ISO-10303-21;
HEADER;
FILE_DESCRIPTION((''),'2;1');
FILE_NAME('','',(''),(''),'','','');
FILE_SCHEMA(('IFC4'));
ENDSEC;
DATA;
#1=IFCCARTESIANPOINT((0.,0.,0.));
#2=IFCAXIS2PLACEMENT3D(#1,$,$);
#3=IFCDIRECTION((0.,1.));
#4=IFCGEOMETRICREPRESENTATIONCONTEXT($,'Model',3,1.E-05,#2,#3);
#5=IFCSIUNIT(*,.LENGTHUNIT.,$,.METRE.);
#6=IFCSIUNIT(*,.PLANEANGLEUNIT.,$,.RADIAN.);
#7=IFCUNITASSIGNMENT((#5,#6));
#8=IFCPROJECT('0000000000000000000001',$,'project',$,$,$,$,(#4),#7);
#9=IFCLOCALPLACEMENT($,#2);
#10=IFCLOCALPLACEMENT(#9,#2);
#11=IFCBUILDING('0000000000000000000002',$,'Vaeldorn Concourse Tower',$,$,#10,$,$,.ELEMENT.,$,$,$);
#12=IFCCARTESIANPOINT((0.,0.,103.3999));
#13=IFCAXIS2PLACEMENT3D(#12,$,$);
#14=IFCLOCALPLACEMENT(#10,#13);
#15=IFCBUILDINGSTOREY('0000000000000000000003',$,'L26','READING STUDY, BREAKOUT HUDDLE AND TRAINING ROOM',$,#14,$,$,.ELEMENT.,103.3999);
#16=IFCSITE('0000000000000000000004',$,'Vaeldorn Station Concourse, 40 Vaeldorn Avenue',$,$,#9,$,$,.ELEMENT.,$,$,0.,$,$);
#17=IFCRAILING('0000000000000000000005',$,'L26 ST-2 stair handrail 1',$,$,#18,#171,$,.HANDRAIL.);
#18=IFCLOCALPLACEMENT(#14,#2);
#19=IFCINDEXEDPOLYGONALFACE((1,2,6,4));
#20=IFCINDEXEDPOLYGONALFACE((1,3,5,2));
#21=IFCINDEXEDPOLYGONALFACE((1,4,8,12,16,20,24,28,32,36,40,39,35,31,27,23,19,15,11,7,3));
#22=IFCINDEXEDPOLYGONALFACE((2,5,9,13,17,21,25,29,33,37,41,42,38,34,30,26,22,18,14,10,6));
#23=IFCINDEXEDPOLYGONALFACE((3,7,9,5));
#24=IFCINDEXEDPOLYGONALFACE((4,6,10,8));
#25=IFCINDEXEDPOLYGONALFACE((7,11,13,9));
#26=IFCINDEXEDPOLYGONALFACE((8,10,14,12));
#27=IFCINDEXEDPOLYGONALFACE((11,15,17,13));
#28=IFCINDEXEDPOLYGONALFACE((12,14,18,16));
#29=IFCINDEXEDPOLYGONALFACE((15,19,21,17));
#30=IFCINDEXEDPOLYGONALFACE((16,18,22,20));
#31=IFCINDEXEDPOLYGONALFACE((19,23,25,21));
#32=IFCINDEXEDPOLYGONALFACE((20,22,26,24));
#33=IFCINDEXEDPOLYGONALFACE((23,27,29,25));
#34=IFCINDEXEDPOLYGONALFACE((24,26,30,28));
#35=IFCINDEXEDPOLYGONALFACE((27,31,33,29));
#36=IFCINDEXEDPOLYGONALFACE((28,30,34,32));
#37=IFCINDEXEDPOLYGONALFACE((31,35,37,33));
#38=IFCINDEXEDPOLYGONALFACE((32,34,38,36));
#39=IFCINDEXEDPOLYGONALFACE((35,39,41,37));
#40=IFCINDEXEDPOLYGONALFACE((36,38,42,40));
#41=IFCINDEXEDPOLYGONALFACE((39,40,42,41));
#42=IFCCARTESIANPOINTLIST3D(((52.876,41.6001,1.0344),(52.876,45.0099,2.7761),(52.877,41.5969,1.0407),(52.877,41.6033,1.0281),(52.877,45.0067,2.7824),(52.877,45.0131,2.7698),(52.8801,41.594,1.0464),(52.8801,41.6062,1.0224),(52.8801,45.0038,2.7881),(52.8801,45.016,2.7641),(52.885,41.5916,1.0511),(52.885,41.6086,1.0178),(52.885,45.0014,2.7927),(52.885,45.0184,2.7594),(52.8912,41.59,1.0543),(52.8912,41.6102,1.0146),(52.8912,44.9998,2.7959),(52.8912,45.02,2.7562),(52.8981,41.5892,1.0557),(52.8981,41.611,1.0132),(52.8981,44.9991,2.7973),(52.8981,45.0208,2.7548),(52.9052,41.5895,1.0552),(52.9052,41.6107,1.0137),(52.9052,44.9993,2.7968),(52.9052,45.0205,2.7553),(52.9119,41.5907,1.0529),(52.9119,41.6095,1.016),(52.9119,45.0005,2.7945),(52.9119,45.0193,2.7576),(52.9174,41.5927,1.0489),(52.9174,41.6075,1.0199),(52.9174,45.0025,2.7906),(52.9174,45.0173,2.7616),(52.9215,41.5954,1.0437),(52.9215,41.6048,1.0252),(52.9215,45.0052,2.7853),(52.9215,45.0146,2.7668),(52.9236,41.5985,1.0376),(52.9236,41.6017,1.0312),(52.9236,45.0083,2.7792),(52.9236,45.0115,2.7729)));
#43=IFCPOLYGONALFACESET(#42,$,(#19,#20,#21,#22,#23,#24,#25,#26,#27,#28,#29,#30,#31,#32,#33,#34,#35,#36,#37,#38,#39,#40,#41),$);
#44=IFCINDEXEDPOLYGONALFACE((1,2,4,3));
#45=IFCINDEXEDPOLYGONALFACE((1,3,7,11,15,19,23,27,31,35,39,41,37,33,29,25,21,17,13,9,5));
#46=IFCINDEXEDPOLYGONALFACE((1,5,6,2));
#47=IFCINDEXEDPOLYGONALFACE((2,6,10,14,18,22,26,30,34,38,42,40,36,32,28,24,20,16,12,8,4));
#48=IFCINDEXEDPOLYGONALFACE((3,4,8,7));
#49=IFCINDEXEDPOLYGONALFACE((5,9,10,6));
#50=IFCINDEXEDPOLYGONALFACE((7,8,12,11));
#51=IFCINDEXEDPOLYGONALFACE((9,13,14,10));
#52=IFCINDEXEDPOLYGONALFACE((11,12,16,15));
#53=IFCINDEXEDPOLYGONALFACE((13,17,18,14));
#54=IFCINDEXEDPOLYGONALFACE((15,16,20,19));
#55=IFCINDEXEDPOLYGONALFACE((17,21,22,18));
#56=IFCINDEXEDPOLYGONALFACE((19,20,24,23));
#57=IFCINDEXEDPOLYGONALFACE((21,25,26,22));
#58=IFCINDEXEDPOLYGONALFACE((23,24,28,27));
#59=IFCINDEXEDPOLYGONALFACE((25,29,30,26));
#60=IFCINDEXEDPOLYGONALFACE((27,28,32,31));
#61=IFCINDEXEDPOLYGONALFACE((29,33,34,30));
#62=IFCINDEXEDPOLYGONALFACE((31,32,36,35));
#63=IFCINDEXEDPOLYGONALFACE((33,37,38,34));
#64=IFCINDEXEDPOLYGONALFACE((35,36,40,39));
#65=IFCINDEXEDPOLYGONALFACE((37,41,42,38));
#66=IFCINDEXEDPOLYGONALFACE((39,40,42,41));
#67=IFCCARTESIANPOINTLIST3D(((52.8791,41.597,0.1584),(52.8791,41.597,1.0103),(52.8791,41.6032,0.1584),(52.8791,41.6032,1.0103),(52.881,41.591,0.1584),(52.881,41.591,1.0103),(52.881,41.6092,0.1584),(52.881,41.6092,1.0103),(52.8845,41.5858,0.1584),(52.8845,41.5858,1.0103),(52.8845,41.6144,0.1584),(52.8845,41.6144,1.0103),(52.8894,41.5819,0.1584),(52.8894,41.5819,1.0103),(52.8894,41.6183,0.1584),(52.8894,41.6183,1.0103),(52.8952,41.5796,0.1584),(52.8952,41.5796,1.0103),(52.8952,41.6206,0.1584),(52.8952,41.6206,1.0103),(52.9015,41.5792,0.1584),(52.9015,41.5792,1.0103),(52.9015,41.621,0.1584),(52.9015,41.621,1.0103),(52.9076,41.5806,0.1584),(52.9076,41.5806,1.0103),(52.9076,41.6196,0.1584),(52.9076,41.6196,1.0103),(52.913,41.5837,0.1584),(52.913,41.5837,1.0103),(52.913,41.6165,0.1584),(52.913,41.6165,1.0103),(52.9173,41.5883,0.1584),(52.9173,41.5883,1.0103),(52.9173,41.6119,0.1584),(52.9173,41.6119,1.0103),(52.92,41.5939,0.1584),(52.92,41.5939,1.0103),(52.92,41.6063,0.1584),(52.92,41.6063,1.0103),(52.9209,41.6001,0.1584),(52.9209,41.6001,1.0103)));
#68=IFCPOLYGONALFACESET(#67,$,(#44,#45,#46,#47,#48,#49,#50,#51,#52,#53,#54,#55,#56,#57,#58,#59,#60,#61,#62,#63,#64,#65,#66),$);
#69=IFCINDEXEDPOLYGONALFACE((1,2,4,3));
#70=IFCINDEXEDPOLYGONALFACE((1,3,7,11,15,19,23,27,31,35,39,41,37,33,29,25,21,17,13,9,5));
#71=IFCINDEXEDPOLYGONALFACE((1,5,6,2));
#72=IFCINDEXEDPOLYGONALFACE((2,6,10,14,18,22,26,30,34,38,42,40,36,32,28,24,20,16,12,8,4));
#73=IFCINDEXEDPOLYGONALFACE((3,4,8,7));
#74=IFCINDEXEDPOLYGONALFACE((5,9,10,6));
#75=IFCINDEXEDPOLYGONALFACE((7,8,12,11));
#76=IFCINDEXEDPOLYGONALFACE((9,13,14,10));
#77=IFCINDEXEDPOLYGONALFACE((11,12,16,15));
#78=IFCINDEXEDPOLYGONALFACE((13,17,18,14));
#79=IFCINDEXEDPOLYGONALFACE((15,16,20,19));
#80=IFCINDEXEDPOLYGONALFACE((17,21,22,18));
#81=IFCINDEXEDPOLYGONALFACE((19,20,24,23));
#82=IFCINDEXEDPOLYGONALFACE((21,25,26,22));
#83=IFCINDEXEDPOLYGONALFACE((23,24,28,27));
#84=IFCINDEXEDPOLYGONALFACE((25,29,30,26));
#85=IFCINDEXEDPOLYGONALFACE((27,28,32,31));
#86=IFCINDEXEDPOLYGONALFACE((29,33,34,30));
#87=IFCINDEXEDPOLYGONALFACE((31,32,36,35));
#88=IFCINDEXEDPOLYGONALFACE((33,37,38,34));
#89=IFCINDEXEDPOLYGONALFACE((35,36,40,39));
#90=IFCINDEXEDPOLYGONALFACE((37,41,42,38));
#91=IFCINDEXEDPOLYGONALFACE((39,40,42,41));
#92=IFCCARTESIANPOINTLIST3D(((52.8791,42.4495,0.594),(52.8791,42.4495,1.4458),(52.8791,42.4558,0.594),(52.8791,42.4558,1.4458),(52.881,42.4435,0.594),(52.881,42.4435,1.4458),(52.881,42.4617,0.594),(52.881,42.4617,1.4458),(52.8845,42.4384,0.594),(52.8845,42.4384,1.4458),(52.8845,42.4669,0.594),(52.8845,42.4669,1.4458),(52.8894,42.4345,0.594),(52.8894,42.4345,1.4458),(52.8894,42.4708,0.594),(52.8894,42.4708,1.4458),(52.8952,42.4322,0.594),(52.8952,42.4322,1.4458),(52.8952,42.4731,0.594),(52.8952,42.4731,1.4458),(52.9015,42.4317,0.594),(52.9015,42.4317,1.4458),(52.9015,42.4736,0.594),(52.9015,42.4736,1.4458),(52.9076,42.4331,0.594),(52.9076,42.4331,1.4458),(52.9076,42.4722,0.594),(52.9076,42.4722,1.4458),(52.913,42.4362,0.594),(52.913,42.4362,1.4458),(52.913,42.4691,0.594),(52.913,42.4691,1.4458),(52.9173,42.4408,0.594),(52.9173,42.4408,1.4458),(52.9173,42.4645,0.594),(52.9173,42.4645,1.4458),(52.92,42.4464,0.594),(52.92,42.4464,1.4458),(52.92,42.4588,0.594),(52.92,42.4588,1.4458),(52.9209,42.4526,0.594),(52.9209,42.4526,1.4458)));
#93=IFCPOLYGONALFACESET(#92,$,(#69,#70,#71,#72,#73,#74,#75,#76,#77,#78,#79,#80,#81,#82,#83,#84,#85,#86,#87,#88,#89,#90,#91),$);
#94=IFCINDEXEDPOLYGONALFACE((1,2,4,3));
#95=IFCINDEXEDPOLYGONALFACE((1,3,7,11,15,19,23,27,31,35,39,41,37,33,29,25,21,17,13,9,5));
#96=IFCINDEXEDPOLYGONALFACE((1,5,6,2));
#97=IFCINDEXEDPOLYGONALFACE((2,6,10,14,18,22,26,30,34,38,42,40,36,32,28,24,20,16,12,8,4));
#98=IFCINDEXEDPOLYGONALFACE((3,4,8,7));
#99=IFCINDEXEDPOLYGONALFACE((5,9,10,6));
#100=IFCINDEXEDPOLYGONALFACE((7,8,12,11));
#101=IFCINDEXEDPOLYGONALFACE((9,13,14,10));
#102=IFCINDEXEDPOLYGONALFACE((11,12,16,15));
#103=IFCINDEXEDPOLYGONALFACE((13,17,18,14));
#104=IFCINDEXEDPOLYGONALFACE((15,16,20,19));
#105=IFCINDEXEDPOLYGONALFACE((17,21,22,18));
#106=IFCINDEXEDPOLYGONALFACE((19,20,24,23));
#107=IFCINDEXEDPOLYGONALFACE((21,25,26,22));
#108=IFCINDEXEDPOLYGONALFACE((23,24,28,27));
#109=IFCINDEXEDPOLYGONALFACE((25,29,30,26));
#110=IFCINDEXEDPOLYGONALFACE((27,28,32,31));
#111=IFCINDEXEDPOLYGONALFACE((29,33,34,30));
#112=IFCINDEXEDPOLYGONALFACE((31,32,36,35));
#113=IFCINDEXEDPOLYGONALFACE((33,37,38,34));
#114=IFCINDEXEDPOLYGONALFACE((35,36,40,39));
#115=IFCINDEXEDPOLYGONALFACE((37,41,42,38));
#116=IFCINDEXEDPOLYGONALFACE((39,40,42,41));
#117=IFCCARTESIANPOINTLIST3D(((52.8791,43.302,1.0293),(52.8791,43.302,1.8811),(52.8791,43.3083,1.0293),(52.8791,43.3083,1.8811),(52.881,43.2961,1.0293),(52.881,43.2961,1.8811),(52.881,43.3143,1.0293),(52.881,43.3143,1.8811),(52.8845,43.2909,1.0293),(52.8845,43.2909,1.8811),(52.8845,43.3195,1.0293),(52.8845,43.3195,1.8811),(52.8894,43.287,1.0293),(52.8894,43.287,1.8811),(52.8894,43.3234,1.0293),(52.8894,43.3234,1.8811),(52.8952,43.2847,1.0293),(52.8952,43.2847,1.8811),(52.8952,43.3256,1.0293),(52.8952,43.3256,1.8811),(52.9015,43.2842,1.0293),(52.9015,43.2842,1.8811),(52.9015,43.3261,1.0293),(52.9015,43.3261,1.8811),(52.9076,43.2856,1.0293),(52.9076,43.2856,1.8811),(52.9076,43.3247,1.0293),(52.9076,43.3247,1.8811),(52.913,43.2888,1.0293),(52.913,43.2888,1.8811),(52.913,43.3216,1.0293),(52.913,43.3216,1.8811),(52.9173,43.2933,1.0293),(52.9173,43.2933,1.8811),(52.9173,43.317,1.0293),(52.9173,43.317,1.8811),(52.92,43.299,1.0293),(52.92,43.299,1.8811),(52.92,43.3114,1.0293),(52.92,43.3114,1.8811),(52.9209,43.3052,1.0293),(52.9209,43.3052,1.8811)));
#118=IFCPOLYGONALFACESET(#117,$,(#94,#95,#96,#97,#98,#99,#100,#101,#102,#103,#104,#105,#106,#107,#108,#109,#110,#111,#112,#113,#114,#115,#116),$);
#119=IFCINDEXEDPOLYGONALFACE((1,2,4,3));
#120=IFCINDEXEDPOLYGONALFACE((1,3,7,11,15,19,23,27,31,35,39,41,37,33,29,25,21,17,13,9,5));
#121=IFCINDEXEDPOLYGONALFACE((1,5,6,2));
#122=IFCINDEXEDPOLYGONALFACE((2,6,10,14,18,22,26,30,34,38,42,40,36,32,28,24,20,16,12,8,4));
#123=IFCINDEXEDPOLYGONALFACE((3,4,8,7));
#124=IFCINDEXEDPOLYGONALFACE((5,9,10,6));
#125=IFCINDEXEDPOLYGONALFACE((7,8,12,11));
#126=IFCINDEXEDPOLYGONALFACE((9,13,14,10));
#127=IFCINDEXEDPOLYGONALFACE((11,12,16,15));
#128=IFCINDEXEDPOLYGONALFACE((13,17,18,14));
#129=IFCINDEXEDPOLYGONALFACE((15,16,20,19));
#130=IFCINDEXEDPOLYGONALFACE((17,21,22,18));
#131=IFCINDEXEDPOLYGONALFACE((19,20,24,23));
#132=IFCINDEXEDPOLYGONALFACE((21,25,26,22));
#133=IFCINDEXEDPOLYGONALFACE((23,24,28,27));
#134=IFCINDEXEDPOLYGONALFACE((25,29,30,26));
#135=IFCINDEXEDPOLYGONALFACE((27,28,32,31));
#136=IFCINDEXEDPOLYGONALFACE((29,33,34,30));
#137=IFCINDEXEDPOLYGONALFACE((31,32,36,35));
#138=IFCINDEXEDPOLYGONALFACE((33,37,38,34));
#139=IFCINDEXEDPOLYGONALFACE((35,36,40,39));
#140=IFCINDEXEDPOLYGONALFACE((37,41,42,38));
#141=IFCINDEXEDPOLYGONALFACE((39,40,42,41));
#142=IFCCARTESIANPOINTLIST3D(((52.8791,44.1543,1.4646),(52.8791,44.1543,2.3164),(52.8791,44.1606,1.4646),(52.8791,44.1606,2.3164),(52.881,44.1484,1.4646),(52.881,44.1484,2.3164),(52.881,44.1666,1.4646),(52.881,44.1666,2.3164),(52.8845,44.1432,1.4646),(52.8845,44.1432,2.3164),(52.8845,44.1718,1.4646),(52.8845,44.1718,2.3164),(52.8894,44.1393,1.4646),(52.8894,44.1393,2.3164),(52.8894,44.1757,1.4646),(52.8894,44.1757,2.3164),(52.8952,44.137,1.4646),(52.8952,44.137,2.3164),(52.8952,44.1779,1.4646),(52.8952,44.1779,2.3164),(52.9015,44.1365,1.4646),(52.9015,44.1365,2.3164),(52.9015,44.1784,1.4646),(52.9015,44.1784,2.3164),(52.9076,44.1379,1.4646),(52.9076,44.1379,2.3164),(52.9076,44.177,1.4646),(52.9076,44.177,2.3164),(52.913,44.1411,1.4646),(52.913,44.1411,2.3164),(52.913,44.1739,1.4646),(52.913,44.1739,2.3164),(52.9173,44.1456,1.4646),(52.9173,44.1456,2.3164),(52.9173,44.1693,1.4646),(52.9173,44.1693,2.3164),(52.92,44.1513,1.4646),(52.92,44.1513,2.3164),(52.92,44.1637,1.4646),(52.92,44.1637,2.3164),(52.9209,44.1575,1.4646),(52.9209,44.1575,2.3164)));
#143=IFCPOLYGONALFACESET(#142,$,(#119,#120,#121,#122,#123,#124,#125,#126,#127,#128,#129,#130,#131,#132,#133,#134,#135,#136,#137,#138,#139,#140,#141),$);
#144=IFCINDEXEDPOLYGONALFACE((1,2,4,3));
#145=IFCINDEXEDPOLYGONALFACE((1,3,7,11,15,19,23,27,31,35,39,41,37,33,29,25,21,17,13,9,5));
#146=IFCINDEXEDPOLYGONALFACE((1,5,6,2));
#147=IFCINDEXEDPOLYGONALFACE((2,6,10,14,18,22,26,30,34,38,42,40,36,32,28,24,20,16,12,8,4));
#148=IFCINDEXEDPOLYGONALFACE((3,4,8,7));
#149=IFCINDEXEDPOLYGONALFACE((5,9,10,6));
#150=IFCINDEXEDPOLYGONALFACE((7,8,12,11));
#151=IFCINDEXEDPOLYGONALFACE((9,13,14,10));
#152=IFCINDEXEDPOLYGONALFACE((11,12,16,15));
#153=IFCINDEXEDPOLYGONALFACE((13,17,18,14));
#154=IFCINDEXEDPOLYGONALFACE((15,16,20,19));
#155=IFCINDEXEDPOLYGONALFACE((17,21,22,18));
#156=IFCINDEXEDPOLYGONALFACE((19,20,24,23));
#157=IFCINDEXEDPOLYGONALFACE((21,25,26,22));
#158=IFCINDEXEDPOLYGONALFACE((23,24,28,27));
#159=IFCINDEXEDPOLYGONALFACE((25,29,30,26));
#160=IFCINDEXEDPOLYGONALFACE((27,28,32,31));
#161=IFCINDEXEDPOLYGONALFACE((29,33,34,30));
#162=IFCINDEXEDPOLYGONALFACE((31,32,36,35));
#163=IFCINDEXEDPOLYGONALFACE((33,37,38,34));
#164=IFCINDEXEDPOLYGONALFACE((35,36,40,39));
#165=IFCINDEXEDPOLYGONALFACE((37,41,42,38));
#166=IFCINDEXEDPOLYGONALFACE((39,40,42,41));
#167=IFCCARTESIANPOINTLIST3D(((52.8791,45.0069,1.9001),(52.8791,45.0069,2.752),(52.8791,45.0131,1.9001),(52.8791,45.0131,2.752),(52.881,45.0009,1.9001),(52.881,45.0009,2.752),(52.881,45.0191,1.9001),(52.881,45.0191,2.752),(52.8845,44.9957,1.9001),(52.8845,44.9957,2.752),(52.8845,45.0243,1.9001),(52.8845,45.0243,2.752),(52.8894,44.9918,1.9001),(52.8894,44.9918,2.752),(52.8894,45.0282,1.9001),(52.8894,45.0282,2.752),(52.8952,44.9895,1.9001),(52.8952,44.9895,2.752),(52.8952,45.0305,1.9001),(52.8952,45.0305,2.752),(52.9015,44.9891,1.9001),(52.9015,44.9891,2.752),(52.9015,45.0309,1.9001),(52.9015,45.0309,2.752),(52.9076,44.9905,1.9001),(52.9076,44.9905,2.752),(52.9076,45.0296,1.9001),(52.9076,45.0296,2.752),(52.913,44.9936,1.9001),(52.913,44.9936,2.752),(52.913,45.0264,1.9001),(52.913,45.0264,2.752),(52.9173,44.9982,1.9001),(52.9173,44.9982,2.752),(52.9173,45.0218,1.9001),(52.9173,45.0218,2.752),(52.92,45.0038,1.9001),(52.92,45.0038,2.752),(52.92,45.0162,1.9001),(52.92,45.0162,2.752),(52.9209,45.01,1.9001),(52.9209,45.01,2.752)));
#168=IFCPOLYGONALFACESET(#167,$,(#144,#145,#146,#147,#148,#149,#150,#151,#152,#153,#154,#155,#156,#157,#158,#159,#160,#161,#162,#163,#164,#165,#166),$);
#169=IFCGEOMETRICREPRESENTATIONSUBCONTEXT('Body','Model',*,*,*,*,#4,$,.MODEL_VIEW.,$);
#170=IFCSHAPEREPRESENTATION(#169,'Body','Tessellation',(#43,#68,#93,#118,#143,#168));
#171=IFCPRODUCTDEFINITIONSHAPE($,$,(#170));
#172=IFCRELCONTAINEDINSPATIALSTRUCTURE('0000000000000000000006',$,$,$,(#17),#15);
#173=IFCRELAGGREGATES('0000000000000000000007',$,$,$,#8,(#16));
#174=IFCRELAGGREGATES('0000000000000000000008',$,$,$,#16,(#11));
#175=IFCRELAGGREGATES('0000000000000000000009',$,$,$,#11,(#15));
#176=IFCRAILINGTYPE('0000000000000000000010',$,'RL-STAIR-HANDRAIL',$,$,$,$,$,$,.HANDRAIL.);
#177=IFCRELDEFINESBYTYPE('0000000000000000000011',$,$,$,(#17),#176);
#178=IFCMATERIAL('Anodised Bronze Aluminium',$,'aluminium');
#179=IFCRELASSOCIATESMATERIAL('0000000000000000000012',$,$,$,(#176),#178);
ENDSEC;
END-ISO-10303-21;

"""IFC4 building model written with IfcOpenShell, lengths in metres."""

from ifc_helpers import new_model, si_unit, direction, frame, origin, origin_2d, place, context, subcontext, project, spatial, circle, extrude, material, type_object, element, save


model = new_model("IFC4")

# Units and contexts
model_context = context("Model", 3, precision=1e-05, world=origin(), true_north=direction((0.0, 1.0)))
body_context = subcontext(model_context, "Body", "Model", "MODEL_VIEW")
ifc_project = project(units=[si_unit("LENGTHUNIT", "METRE"), si_unit("PLANEANGLEUNIT", "RADIAN")], contexts=[model_context])

# Site, building, storey
site_placement = place(None, origin())
site = spatial("IfcSite", under=ifc_project, at=site_placement, Name="Vaeldorn Station Concourse, 40 Vaeldorn Avenue", CompositionType="ELEMENT", RefElevation=0.0)
building_placement = place(site_placement, origin())
building = spatial("IfcBuilding", under=site, at=building_placement, Name="Vaeldorn Concourse Tower", CompositionType="ELEMENT")
storey_placement = place(building_placement, frame((0.0, 0.0, 103.3999)))
storey = spatial("IfcBuildingStorey", under=building, at=storey_placement, Name="L26", Description="READING STUDY, BREAKOUT HUDDLE AND TRAINING ROOM", CompositionType="ELEMENT", Elevation=103.3999)

# Shared definitions
ifc_material_1 = material(Name="Anodised Bronze Aluminium", Category="aluminium")

# Railing
railing_type_1 = type_object("IfcRailingType", Name="RL-STAIR-HANDRAIL", PredefinedType="HANDRAIL", material=ifc_material_1)
railing_1_placement = place(storey_placement, frame((52.8999, 41.6001, 0.1584)))
element("IfcRailing", 1, at=railing_1_placement, inside=storey, type_object=railing_type_1, Name="L26 ST-2 stair handrail 1", PredefinedType="HANDRAIL", context=body_context, shape_type="SweptSolid", body=[
    extrude(circle(Radius=0.0239, at=origin_2d()), frame((0.0, 0.0, 0.876), z_axis=(0.0, 0.890556, 0.454874), x_axis=(-1.0, 0.0, 0.0)), (0.0, 0.0, 1.0), 3.8289),
    extrude(circle(Radius=0.021, at=origin_2d()), origin(), (0.0, 0.0, 1.0), 0.8518),
    extrude(circle(Radius=0.021, at=origin_2d()), frame((0.0, 0.8525, 0.4355)), (0.0, 0.0, 1.0), 0.8518),
    extrude(circle(Radius=0.021, at=origin_2d()), frame((0.0, 1.7051, 0.8708)), (0.0, 0.0, 1.0), 0.8518),
    extrude(circle(Radius=0.021, at=origin_2d()), frame((0.0, 2.5574, 1.3062)), (0.0, 0.0, 1.0), 0.8518),
    extrude(circle(Radius=0.021, at=origin_2d()), frame((0.0, 3.4099, 1.7417)), (0.0, 0.0, 1.0), 0.8518),
])

save(model, "model.ifc")
